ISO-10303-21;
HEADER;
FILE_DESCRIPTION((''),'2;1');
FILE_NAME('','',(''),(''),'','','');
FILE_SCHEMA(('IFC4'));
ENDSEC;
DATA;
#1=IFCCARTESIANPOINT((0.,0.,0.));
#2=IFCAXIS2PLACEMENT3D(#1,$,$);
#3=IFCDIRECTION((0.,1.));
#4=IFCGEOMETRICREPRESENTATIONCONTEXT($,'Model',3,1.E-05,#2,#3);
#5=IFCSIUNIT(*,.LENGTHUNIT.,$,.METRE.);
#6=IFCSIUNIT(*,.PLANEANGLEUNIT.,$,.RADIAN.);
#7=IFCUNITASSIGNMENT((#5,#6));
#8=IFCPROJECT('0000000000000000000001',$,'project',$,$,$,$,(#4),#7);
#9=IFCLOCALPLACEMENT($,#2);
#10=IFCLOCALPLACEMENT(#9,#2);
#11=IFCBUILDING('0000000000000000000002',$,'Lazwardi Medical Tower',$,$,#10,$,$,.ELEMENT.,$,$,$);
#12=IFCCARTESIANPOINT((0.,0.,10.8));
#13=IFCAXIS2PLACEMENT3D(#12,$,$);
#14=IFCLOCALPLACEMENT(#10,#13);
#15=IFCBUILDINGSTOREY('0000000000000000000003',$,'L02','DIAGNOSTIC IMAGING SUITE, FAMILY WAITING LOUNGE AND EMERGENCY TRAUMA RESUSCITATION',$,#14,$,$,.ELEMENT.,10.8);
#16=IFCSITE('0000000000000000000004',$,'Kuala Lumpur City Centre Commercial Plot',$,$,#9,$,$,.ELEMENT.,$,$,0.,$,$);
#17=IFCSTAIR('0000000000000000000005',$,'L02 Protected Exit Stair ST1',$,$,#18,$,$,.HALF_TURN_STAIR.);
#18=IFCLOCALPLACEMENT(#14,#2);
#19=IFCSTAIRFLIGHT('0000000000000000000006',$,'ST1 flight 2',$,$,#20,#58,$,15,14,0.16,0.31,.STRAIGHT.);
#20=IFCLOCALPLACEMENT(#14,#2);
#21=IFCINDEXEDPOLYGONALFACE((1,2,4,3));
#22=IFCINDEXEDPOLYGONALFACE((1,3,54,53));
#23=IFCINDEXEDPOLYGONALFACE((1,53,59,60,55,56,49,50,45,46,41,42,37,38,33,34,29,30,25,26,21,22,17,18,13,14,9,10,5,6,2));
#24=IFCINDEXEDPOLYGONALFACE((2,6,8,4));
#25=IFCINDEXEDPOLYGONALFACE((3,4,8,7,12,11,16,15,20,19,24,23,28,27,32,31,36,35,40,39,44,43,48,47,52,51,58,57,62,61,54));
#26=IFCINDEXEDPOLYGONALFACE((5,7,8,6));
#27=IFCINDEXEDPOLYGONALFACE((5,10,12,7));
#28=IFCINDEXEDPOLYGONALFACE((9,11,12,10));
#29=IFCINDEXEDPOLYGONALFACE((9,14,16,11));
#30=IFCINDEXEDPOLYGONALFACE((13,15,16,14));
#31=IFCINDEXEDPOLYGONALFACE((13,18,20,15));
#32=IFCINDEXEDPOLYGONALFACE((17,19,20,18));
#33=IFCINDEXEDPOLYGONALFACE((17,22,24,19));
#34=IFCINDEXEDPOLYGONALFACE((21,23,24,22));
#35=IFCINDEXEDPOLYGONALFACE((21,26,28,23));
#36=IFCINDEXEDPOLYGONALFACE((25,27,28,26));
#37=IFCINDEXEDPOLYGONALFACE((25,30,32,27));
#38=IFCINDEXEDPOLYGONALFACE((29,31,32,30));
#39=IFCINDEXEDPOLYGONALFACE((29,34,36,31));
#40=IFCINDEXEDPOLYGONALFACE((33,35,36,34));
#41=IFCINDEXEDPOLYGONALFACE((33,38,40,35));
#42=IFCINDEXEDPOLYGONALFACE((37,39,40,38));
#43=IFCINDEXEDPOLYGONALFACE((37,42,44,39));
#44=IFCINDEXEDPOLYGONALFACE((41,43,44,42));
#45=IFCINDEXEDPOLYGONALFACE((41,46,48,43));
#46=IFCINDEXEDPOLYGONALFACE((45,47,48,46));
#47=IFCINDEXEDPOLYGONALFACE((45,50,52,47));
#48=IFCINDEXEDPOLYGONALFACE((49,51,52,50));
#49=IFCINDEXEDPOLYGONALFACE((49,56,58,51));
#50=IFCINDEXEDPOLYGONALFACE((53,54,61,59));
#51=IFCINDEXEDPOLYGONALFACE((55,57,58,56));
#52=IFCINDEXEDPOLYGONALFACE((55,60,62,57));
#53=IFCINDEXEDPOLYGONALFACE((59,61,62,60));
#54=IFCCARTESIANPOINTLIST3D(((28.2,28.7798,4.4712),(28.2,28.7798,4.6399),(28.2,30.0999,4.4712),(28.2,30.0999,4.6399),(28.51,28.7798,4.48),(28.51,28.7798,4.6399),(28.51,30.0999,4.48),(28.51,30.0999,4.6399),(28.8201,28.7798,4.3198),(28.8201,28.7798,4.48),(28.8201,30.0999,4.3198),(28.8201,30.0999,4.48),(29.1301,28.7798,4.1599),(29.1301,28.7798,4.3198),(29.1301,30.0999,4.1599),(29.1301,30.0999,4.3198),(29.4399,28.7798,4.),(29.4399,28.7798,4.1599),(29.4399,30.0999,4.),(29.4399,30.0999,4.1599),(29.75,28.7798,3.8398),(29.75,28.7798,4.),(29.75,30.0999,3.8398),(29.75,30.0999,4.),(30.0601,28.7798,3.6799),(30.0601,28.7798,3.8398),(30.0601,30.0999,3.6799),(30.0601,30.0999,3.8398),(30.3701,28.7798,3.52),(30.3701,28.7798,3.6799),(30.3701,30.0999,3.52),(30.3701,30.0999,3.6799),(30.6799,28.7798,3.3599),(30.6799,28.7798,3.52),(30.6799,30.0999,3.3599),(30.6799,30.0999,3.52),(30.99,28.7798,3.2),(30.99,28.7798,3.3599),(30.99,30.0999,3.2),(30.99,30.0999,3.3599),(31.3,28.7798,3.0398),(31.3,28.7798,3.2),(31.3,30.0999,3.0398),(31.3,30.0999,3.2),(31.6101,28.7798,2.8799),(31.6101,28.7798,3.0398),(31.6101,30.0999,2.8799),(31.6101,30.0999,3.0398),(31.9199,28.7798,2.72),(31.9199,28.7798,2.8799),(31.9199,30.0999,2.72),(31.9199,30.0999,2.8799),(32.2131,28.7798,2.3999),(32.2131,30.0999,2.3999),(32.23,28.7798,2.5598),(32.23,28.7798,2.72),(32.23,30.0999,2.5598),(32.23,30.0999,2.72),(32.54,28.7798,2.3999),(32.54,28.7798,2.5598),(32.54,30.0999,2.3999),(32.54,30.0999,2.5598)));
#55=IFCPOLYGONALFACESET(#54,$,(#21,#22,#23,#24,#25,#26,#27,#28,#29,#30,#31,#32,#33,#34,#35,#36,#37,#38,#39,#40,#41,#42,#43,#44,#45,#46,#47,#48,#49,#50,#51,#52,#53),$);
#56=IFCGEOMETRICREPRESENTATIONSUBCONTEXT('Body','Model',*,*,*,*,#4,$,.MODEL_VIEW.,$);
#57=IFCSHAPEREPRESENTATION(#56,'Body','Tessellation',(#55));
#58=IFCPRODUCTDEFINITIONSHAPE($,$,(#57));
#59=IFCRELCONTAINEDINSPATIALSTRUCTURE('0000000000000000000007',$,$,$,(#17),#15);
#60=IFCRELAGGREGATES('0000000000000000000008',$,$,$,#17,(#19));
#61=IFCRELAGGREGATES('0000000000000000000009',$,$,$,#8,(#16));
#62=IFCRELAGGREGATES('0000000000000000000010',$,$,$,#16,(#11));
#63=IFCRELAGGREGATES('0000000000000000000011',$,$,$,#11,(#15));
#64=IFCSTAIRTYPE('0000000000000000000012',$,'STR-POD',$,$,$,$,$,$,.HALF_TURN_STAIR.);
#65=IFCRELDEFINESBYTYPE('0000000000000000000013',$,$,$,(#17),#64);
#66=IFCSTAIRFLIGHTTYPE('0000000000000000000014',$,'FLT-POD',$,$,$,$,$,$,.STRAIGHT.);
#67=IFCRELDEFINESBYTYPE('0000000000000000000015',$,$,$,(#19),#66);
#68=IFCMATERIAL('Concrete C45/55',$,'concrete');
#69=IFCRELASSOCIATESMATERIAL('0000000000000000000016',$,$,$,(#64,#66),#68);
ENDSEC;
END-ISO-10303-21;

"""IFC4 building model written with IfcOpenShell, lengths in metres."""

from ifc_helpers import new_model, si_unit, direction, frame, origin, place, context, subcontext, project, spatial, polyline, outline, extrude, material, type_object, element, aggregate, save


model = new_model("IFC4")

# Units and contexts
model_context = context("Model", 3, precision=1e-05, world=origin(), true_north=direction((0.0, 1.0)))
body_context = subcontext(model_context, "Body", "Model", "MODEL_VIEW")
ifc_project = project(units=[si_unit("LENGTHUNIT", "METRE"), si_unit("PLANEANGLEUNIT", "RADIAN")], contexts=[model_context])

# Site, building, storey
site_placement = place(None, origin())
site = spatial("IfcSite", under=ifc_project, at=site_placement, Name="Kuala Lumpur City Centre Commercial Plot", CompositionType="ELEMENT", RefElevation=0.0)
building_placement = place(site_placement, origin())
building = spatial("IfcBuilding", under=site, at=building_placement, Name="Lazwardi Medical Tower", CompositionType="ELEMENT")
storey_placement = place(building_placement, frame((0.0, 0.0, 10.8)))
storey = spatial("IfcBuildingStorey", under=building, at=storey_placement, Name="L02", Description="DIAGNOSTIC IMAGING SUITE, FAMILY WAITING LOUNGE AND EMERGENCY TRAUMA RESUSCITATION", CompositionType="ELEMENT", Elevation=10.8)

# Stair, stair flight
ifc_material_1 = material(Name="Concrete C45/55", Category="concrete")
stair_type = type_object("IfcStairType", Name="STR-POD", PredefinedType="HALF_TURN_STAIR", material=ifc_material_1)
stair_placement = place(storey_placement, origin())
stair = element("IfcStair", 1, at=stair_placement, inside=storey, type_object=stair_type, Name="L02 Protected Exit Stair ST1", PredefinedType="HALF_TURN_STAIR")
stair_flight_type = type_object("IfcStairFlightType", Name="FLT-POD", PredefinedType="STRAIGHT", material=ifc_material_1)
stair_flight_placement = place(storey_placement, frame((32.54, 29.4399, 2.3999), z_axis=(0.0, 0.0, 1.0), x_axis=(-1.0, 0.0, 0.0)))
stair_flight = element("IfcStairFlight", 2, at=stair_flight_placement, type_object=stair_flight_type, Name="ST1 flight 2", NumberOfRisers=15, NumberOfTreads=14, PredefinedType="STRAIGHT", RiserHeight=0.16, TreadLength=0.31, context=body_context, shape_type="SweptSolid", body=[
    extrude(outline(polyline([(0.0, 0.0), (0.0, 0.1599), (0.3101, 0.1599), (0.3101, 0.3201), (0.6201, 0.3201), (0.6201, 0.48), (0.9299, 0.48), (0.9299, 0.6399), (1.24, 0.6399), (1.24, 0.8), (1.55, 0.8), (1.55, 0.96), (1.8601, 0.96), (1.8601, 1.1201), (2.1699, 1.1201), (2.1699, 1.28), (2.48, 1.28), (2.48, 1.4399), (2.79, 1.4399), (2.79, 1.6001), (3.1001, 1.6001), (3.1001, 1.76), (3.4099, 1.76), (3.4099, 1.9199), (3.72, 1.9199), (3.72, 2.0801), (4.03, 2.0801), (4.03, 2.24), (4.3401, 2.24), (4.3401, 2.3999), (4.3401, 2.0713), (0.3269, 0.0), (0.0, 0.0)])), frame((0.0, 0.6602, 0.0), z_axis=(0.0, -1.0, 0.0), x_axis=(1.0, 0.0, 0.0)), (0.0, 0.0, 1.0), 1.3201),
])
aggregate(stair, [stair_flight])

save(model, "model.ifc")
